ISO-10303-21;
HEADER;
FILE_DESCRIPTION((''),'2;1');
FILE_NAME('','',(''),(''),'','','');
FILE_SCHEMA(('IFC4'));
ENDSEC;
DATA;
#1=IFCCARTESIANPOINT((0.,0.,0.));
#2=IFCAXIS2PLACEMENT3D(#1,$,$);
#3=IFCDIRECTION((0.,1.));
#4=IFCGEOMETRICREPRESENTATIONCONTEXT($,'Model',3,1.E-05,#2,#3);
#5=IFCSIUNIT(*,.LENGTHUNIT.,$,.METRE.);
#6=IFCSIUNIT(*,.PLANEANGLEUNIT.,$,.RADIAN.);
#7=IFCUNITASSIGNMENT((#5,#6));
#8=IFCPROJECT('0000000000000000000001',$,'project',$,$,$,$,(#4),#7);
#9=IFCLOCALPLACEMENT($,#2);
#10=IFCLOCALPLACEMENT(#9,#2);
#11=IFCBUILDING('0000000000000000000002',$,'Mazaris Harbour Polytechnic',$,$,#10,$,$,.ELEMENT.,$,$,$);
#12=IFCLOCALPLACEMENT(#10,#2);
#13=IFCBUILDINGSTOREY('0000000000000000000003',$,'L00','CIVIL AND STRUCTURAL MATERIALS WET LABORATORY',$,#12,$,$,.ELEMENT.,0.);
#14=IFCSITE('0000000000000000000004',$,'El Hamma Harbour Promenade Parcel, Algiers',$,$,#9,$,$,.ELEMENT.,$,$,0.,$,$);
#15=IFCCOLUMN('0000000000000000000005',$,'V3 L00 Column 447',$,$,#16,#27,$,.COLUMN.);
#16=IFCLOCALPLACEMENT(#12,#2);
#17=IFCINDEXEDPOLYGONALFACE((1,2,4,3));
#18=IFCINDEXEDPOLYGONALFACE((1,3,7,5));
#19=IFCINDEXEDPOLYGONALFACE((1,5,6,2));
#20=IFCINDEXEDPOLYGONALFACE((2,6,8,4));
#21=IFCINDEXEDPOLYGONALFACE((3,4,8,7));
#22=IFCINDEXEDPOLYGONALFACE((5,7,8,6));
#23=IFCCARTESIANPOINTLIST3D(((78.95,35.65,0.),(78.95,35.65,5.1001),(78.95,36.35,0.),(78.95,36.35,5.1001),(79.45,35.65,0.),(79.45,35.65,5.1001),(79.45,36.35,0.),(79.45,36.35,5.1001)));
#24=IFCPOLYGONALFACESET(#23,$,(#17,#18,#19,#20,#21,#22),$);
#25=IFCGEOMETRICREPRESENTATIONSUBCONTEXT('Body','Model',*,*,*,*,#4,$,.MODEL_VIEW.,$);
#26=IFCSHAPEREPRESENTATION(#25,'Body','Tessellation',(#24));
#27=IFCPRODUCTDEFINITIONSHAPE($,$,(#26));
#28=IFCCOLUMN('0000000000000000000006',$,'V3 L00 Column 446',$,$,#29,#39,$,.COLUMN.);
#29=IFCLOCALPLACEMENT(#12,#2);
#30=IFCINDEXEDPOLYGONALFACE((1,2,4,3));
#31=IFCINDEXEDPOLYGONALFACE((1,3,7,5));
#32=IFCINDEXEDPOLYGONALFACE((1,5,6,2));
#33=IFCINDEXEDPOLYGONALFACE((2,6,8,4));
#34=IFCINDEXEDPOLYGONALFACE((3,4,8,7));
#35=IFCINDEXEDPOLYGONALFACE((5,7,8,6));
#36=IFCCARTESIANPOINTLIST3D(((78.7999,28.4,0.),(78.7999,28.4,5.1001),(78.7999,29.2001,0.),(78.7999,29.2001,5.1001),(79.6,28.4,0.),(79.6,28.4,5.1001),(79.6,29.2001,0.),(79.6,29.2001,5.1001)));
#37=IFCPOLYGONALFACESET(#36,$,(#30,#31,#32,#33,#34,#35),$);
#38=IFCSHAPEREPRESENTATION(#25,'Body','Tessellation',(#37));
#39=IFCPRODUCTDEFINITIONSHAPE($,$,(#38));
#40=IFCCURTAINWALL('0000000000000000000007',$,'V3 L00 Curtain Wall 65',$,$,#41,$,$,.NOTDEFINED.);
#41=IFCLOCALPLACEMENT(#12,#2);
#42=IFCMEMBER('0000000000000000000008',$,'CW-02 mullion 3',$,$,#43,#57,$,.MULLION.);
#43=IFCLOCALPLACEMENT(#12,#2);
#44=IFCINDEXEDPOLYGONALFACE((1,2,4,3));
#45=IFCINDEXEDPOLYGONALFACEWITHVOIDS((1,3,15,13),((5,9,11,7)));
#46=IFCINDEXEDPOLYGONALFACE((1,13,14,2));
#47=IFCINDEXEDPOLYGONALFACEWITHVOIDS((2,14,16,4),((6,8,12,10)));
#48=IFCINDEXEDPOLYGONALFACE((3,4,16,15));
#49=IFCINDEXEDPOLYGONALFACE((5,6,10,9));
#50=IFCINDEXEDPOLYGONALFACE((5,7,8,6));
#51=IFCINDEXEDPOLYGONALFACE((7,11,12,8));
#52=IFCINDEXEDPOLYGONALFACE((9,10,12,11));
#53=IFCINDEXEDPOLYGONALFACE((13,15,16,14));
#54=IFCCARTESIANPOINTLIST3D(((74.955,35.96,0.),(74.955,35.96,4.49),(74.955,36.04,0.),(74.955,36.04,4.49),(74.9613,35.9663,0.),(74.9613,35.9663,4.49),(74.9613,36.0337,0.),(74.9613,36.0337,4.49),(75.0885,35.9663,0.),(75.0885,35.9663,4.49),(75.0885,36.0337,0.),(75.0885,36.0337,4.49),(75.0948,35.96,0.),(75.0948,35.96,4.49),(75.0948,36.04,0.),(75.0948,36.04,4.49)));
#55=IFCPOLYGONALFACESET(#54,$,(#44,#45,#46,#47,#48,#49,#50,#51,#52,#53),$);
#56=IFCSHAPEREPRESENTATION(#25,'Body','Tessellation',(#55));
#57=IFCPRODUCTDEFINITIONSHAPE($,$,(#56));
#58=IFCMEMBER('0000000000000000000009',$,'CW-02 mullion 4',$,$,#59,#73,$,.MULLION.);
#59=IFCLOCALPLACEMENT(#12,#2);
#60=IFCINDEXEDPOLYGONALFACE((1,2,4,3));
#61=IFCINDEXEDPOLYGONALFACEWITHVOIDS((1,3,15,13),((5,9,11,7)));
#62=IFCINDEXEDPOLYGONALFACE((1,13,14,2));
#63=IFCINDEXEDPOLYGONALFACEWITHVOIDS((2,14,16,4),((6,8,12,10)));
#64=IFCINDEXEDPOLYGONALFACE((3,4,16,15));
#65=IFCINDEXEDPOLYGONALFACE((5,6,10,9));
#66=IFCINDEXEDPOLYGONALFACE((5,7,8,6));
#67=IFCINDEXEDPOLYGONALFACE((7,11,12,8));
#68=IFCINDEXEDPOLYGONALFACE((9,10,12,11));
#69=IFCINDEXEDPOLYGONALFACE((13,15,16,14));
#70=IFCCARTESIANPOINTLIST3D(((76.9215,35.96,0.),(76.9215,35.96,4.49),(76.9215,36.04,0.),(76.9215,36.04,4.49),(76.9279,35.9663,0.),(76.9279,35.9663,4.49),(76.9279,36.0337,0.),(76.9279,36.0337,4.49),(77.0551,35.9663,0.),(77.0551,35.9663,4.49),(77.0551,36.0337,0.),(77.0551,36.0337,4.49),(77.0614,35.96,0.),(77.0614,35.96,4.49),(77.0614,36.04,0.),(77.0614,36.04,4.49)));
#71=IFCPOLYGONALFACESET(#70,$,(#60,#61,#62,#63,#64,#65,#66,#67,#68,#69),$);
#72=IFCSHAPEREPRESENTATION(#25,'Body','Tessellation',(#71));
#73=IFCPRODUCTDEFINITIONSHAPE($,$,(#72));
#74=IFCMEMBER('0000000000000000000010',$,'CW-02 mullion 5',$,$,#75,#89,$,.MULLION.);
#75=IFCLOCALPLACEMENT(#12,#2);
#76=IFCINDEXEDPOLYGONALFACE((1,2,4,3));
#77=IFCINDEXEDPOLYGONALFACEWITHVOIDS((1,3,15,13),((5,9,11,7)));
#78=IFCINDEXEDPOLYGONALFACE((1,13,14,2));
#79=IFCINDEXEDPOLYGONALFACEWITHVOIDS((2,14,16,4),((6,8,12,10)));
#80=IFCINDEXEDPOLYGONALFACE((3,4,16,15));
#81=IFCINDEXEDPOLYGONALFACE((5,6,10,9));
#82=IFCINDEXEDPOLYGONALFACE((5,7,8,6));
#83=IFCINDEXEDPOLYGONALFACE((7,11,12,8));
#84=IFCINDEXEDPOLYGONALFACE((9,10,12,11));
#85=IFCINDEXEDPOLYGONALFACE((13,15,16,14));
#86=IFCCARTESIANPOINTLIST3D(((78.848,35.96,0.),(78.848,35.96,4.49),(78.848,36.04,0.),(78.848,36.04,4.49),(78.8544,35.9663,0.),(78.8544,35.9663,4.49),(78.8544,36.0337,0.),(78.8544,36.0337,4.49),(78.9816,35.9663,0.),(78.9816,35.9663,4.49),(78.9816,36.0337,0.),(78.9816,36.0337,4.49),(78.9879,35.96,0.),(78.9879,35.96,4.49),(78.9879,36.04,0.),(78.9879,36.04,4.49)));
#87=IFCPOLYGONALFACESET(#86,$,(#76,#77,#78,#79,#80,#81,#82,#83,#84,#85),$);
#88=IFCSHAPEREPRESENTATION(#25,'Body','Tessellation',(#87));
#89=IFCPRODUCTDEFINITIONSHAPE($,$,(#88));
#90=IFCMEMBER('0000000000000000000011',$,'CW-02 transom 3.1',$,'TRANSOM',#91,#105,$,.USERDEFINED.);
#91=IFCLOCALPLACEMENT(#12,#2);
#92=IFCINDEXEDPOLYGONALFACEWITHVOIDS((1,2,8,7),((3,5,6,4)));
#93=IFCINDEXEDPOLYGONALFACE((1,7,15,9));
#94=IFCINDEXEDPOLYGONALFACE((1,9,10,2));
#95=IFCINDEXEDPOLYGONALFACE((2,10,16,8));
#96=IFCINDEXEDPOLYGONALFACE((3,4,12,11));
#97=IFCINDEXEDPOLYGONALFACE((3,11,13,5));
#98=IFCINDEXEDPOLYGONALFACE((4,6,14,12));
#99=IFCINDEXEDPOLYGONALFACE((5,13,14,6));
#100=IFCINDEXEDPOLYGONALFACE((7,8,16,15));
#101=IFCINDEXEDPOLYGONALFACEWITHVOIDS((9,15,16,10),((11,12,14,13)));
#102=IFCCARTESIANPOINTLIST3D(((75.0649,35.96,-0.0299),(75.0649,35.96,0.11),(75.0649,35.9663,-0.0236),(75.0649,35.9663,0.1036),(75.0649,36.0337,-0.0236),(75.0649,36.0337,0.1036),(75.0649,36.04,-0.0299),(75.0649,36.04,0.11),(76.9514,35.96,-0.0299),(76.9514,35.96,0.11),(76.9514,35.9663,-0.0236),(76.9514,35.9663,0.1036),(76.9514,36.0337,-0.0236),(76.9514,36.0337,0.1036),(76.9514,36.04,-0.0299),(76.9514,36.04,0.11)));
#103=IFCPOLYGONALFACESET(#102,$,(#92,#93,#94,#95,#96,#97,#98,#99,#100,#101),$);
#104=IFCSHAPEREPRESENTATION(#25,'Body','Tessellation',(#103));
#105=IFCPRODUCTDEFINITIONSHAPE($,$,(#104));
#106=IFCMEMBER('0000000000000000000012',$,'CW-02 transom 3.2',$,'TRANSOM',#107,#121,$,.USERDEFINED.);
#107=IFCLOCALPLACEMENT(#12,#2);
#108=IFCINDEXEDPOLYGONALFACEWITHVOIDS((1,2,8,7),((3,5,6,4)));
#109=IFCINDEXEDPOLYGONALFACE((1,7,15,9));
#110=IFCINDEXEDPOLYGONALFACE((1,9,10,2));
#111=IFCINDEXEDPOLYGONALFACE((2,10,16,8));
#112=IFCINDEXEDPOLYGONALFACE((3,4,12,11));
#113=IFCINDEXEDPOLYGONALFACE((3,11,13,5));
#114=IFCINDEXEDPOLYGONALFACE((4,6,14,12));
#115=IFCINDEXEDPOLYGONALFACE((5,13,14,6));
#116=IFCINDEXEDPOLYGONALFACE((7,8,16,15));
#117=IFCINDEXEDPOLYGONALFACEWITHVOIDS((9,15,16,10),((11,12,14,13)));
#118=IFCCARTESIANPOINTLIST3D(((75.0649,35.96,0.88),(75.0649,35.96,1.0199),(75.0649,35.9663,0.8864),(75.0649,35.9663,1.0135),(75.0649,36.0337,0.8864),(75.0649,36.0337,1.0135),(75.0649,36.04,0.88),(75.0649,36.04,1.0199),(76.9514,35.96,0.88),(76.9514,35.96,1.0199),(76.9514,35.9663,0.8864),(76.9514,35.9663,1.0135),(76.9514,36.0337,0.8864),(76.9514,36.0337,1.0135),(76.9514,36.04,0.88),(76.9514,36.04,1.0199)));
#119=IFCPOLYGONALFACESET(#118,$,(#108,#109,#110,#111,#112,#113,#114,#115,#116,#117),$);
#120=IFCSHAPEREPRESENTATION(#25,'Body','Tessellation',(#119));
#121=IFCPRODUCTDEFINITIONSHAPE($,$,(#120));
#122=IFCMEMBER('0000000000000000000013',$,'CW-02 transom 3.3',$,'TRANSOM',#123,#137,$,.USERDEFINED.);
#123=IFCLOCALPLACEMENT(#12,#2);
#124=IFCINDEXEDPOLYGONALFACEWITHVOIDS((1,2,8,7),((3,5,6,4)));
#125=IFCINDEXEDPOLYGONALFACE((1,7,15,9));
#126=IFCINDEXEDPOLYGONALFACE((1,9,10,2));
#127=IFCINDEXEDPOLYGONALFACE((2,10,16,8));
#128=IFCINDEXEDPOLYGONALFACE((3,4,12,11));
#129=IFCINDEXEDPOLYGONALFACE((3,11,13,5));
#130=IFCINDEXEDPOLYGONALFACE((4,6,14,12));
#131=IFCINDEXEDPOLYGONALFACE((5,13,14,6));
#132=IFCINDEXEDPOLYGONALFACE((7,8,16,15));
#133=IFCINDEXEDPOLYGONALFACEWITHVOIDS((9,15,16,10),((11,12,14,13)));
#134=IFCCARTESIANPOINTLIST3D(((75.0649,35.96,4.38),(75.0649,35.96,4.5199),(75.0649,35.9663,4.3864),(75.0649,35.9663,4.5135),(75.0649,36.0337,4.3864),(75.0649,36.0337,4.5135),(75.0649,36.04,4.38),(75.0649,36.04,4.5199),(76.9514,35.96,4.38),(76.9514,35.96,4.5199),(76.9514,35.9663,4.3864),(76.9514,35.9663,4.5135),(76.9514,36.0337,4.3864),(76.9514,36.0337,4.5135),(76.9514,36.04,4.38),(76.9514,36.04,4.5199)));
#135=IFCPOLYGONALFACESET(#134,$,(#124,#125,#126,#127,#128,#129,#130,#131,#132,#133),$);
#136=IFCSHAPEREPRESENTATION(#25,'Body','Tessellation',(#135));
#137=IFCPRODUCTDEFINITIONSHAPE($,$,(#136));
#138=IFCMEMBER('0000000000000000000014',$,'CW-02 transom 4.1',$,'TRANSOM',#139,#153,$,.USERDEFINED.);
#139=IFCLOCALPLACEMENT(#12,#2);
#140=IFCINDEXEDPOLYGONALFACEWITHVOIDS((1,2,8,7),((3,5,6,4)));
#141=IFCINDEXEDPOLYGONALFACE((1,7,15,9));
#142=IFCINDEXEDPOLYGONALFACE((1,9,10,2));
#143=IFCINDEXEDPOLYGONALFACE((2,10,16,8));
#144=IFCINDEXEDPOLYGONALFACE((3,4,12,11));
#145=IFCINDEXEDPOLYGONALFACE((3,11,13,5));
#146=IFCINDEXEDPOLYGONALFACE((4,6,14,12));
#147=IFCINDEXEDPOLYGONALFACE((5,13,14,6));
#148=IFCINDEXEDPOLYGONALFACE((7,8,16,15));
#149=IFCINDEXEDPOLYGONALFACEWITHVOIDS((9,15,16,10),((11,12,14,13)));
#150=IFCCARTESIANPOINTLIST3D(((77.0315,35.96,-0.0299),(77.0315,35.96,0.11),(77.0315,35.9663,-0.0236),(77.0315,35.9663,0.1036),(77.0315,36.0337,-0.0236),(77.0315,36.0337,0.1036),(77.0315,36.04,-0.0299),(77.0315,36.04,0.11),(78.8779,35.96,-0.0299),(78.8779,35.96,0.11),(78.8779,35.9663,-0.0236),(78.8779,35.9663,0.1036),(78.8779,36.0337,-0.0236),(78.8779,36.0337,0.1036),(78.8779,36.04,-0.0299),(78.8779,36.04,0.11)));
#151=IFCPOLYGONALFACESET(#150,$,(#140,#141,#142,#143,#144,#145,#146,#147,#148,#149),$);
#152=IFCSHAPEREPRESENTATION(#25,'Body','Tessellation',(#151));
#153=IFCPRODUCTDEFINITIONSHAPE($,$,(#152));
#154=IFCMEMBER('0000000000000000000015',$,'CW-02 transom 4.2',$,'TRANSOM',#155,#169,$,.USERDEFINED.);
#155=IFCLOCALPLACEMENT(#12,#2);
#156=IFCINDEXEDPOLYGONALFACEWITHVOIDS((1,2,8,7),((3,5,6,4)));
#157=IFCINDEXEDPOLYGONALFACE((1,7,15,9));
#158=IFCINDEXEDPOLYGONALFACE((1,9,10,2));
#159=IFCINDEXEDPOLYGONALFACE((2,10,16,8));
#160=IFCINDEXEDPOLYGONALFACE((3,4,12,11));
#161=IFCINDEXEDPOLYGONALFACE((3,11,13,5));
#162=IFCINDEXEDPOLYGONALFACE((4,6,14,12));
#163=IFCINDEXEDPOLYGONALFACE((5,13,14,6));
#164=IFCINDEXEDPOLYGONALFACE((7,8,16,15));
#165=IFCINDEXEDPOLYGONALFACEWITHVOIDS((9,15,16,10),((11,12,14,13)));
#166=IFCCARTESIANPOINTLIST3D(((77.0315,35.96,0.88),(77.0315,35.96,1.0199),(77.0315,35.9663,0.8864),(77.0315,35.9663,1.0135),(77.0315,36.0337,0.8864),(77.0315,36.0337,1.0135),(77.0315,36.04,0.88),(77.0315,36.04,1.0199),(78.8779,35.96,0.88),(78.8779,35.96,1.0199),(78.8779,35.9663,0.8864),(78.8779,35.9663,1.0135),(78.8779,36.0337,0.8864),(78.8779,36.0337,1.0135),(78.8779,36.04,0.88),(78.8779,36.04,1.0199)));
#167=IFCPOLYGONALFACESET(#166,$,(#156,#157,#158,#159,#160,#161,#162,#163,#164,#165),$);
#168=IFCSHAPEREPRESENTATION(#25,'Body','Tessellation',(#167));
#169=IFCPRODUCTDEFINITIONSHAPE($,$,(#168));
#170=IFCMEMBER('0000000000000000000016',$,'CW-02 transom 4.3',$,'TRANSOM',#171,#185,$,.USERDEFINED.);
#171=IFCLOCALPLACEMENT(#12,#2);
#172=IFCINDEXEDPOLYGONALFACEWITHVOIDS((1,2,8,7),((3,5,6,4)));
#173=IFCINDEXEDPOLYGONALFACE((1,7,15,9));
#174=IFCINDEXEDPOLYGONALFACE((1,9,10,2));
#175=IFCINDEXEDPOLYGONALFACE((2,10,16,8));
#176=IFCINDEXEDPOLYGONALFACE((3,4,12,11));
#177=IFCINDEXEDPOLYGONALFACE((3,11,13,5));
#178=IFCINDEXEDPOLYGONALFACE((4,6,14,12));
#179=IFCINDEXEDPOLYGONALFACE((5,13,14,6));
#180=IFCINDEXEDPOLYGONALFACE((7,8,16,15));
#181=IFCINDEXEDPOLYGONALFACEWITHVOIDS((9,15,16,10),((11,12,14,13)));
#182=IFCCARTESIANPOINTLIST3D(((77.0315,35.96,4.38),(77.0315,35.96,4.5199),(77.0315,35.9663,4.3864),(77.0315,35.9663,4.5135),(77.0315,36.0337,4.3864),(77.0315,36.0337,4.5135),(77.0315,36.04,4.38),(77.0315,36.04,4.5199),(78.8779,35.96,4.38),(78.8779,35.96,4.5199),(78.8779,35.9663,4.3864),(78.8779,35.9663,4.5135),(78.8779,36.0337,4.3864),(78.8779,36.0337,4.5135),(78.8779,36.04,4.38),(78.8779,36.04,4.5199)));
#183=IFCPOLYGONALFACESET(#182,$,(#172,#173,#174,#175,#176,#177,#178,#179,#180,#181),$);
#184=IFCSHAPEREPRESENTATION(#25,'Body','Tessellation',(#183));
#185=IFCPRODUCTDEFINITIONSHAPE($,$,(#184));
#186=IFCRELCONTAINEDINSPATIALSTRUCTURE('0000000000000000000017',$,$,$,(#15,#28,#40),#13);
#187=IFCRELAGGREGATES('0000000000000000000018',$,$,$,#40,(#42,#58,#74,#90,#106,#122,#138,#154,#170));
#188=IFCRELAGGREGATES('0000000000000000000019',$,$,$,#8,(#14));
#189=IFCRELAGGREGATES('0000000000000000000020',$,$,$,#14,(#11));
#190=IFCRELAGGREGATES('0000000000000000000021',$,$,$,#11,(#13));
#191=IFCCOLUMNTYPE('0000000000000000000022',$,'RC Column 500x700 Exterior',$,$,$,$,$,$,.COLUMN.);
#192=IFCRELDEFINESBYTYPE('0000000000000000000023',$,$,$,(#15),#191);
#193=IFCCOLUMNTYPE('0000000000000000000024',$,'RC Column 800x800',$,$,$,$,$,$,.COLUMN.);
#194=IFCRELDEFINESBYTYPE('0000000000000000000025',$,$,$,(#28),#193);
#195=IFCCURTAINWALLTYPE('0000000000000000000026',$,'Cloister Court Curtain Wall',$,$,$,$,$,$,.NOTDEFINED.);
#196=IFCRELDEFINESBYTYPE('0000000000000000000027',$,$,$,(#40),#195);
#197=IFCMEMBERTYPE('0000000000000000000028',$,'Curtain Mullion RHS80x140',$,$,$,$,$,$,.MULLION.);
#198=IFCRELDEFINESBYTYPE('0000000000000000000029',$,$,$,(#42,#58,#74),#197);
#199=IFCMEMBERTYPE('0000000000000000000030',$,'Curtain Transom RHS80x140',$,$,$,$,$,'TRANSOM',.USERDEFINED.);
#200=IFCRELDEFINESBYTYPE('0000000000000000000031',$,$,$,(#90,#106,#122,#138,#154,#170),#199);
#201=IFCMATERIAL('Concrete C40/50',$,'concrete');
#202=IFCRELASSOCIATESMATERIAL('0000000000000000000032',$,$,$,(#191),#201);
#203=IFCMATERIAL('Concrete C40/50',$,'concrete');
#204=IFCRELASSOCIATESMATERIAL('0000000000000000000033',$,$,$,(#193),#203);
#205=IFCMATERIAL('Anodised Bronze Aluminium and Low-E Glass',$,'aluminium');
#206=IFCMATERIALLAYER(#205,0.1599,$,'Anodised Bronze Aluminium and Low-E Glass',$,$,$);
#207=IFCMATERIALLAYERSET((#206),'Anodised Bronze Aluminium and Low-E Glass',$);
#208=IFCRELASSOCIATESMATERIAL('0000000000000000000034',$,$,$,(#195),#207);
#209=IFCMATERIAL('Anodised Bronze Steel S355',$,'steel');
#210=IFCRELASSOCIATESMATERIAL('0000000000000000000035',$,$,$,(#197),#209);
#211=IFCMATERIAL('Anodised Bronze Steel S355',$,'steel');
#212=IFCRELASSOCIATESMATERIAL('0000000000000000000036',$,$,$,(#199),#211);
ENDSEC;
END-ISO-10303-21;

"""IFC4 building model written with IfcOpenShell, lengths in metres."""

from ifc_helpers import new_model, si_unit, direction, frame, origin, origin_2d, place, context, subcontext, project, spatial, rectangle, hollow_rectangle, extrude, material, layer, layer_set, material_profile, profile_set, type_object, element, aggregate, save


model = new_model("IFC4")

# Units and contexts
model_context = context("Model", 3, precision=1e-05, world=origin(), true_north=direction((0.0, 1.0)))
body_context = subcontext(model_context, "Body", "Model", "MODEL_VIEW")
ifc_project = project(units=[si_unit("LENGTHUNIT", "METRE"), si_unit("PLANEANGLEUNIT", "RADIAN")], contexts=[model_context])

# Site, building, storey
site_placement = place(None, origin())
site = spatial("IfcSite", under=ifc_project, at=site_placement, Name="El Hamma Harbour Promenade Parcel, Algiers", CompositionType="ELEMENT", RefElevation=0.0)
building_placement = place(site_placement, origin())
building = spatial("IfcBuilding", under=site, at=building_placement, Name="Mazaris Harbour Polytechnic", CompositionType="ELEMENT")
storey_placement = place(building_placement, origin())
storey = spatial("IfcBuildingStorey", under=building, at=storey_placement, Name="L00", Description="CIVIL AND STRUCTURAL MATERIALS WET LABORATORY", CompositionType="ELEMENT", Elevation=0.0)

# Columns
ifc_material_1 = material(Name="Concrete C40/50", Category="concrete")
ifc_material_profile_1 = material_profile(ifc_material_1, rectangle(XDim=0.5, YDim=0.7, at=origin_2d()), Name="RECT500x700")
ifc_profile_set_1 = profile_set([ifc_material_profile_1], Name="Concrete C40/50")
column_type_1 = type_object("IfcColumnType", Name="RC Column 500x700 Exterior", PredefinedType="COLUMN", material=ifc_profile_set_1)
column_1_placement = place(storey_placement, frame((79.2, 36.0, 0.0), z_axis=(0.0, 0.0, 1.0), x_axis=(1.0, 0.0, 0.0)))
element("IfcColumn", 1, at=column_1_placement, inside=storey, type_object=column_type_1, Name="V3 L00 Column 447", PredefinedType="COLUMN", context=body_context, shape_type="SweptSolid", body=[
    extrude(rectangle(XDim=0.5, YDim=0.7, at=origin_2d()), origin(), (0.0, 0.0, 1.0), 5.1001),
])
ifc_material_2 = material(Name="Concrete C40/50", Category="concrete")
ifc_material_profile_2 = material_profile(ifc_material_2, rectangle(XDim=0.8, YDim=0.8, at=origin_2d()), Name="RECT800x800")
ifc_profile_set_2 = profile_set([ifc_material_profile_2], Name="Concrete C40/50")
column_type_2 = type_object("IfcColumnType", Name="RC Column 800x800", PredefinedType="COLUMN", material=ifc_profile_set_2)
column_2_placement = place(storey_placement, frame((79.2, 28.8, 0.0), z_axis=(0.0, 0.0, 1.0), x_axis=(1.0, 0.0, 0.0)))
element("IfcColumn", 2, at=column_2_placement, inside=storey, type_object=column_type_2, Name="V3 L00 Column 446", PredefinedType="COLUMN", context=body_context, shape_type="SweptSolid", body=[
    extrude(rectangle(XDim=0.8, YDim=0.8, at=origin_2d()), origin(), (0.0, 0.0, 1.0), 5.1001),
])

# Curtain wall, members
ifc_material_3 = material(Name="Anodised Bronze Aluminium and Low-E Glass", Category="aluminium")
ifc_layer_1 = layer(ifc_material_3, 0.1599, Name="Anodised Bronze Aluminium and Low-E Glass")
ifc_layer_set_1 = layer_set([ifc_layer_1], Name="Anodised Bronze Aluminium and Low-E Glass")
curtain_wall_type = type_object("IfcCurtainWallType", Name="Cloister Court Curtain Wall", PredefinedType="NOTDEFINED", material=ifc_layer_set_1)
curtain_wall_placement = place(storey_placement, origin())
curtain_wall = element("IfcCurtainWall", 3, at=curtain_wall_placement, inside=storey, type_object=curtain_wall_type, Name="V3 L00 Curtain Wall 65", PredefinedType="NOTDEFINED")
ifc_material_4 = material(Name="Anodised Bronze Steel S355", Category="steel")
ifc_material_profile_3 = material_profile(ifc_material_4, hollow_rectangle(XDim=0.0801, YDim=0.1399, WallThickness=0.0063, at=origin_2d()), Name="RHS 80x140x6.3")
ifc_profile_set_3 = profile_set([ifc_material_profile_3], Name="Anodised Bronze Steel S355")
member_type_1 = type_object("IfcMemberType", Name="Curtain Mullion RHS80x140", PredefinedType="MULLION", material=ifc_profile_set_3)
member_1_placement = place(storey_placement, frame((75.0249, 36.0, 0.0), z_axis=(0.0, 0.0, 1.0), x_axis=(0.0, 1.0, 0.0)))
member_1 = element("IfcMember", 4, at=member_1_placement, type_object=member_type_1, Name="CW-02 mullion 3", PredefinedType="MULLION", context=body_context, shape_type="SweptSolid", body=[
    extrude(hollow_rectangle(XDim=0.0801, YDim=0.1399, WallThickness=0.0063, at=origin_2d()), origin(), (0.0, 0.0, 1.0), 4.49),
])
member_2_placement = place(storey_placement, frame((76.9915, 36.0, 0.0), z_axis=(0.0, 0.0, 1.0), x_axis=(0.0, 1.0, 0.0)))
member_2 = element("IfcMember", 5, at=member_2_placement, type_object=member_type_1, Name="CW-02 mullion 4", PredefinedType="MULLION", context=body_context, shape_type="SweptSolid", body=[
    extrude(hollow_rectangle(XDim=0.0801, YDim=0.1399, WallThickness=0.0063, at=origin_2d()), origin(), (0.0, 0.0, 1.0), 4.49),
])
member_3_placement = place(storey_placement, frame((78.918, 36.0, 0.0), z_axis=(0.0, 0.0, 1.0), x_axis=(0.0, 1.0, 0.0)))
member_3 = element("IfcMember", 6, at=member_3_placement, type_object=member_type_1, Name="CW-02 mullion 5", PredefinedType="MULLION", context=body_context, shape_type="SweptSolid", body=[
    extrude(hollow_rectangle(XDim=0.0801, YDim=0.1399, WallThickness=0.0063, at=origin_2d()), origin(), (0.0, 0.0, 1.0), 4.49),
])
ifc_material_5 = material(Name="Anodised Bronze Steel S355", Category="steel")
ifc_material_profile_4 = material_profile(ifc_material_5, hollow_rectangle(XDim=0.0801, YDim=0.1399, WallThickness=0.0063, at=origin_2d()), Name="RHS 80x140x6.3")
ifc_profile_set_4 = profile_set([ifc_material_profile_4], Name="Anodised Bronze Steel S355")
member_type_2 = type_object("IfcMemberType", Name="Curtain Transom RHS80x140", ElementType="TRANSOM", PredefinedType="USERDEFINED", material=ifc_profile_set_4)
member_4_placement = place(storey_placement, frame((75.0649, 36.0, 0.04), z_axis=(1.0, 0.0, 0.0), x_axis=(0.0, 1.0, 0.0)))
member_4 = element("IfcMember", 7, at=member_4_placement, type_object=member_type_2, Name="CW-02 transom 3.1", ObjectType="TRANSOM", PredefinedType="USERDEFINED", context=body_context, shape_type="SweptSolid", body=[
    extrude(hollow_rectangle(XDim=0.0801, YDim=0.1399, WallThickness=0.0063, at=origin_2d()), origin(), (0.0, 0.0, 1.0), 1.8865),
])
member_5_placement = place(storey_placement, frame((75.0649, 36.0, 0.95), z_axis=(1.0, 0.0, 0.0), x_axis=(0.0, 1.0, 0.0)))
member_5 = element("IfcMember", 8, at=member_5_placement, type_object=member_type_2, Name="CW-02 transom 3.2", ObjectType="TRANSOM", PredefinedType="USERDEFINED", context=body_context, shape_type="SweptSolid", body=[
    extrude(hollow_rectangle(XDim=0.0801, YDim=0.1399, WallThickness=0.0063, at=origin_2d()), origin(), (0.0, 0.0, 1.0), 1.8865),
])
member_6_placement = place(storey_placement, frame((75.0649, 36.0, 4.45), z_axis=(1.0, 0.0, 0.0), x_axis=(0.0, 1.0, 0.0)))
member_6 = element("IfcMember", 9, at=member_6_placement, type_object=member_type_2, Name="CW-02 transom 3.3", ObjectType="TRANSOM", PredefinedType="USERDEFINED", context=body_context, shape_type="SweptSolid", body=[
    extrude(hollow_rectangle(XDim=0.0801, YDim=0.1399, WallThickness=0.0063, at=origin_2d()), origin(), (0.0, 0.0, 1.0), 1.8865),
])
member_7_placement = place(storey_placement, frame((77.0315, 36.0, 0.04), z_axis=(1.0, 0.0, 0.0), x_axis=(0.0, 1.0, 0.0)))
member_7 = element("IfcMember", 10, at=member_7_placement, type_object=member_type_2, Name="CW-02 transom 4.1", ObjectType="TRANSOM", PredefinedType="USERDEFINED", context=body_context, shape_type="SweptSolid", body=[
    extrude(hollow_rectangle(XDim=0.0801, YDim=0.1399, WallThickness=0.0063, at=origin_2d()), origin(), (0.0, 0.0, 1.0), 1.8464),
])
member_8_placement = place(storey_placement, frame((77.0315, 36.0, 0.95), z_axis=(1.0, 0.0, 0.0), x_axis=(0.0, 1.0, 0.0)))
member_8 = element("IfcMember", 11, at=member_8_placement, type_object=member_type_2, Name="CW-02 transom 4.2", ObjectType="TRANSOM", PredefinedType="USERDEFINED", context=body_context, shape_type="SweptSolid", body=[
    extrude(hollow_rectangle(XDim=0.0801, YDim=0.1399, WallThickness=0.0063, at=origin_2d()), origin(), (0.0, 0.0, 1.0), 1.8464),
])
member_9_placement = place(storey_placement, frame((77.0315, 36.0, 4.45), z_axis=(1.0, 0.0, 0.0), x_axis=(0.0, 1.0, 0.0)))
member_9 = element("IfcMember", 12, at=member_9_placement, type_object=member_type_2, Name="CW-02 transom 4.3", ObjectType="TRANSOM", PredefinedType="USERDEFINED", context=body_context, shape_type="SweptSolid", body=[
    extrude(hollow_rectangle(XDim=0.0801, YDim=0.1399, WallThickness=0.0063, at=origin_2d()), origin(), (0.0, 0.0, 1.0), 1.8464),
])

aggregate(curtain_wall, [member_1, member_2, member_3, member_4, member_5, member_6, member_7, member_8, member_9])

save(model, "model.ifc")
